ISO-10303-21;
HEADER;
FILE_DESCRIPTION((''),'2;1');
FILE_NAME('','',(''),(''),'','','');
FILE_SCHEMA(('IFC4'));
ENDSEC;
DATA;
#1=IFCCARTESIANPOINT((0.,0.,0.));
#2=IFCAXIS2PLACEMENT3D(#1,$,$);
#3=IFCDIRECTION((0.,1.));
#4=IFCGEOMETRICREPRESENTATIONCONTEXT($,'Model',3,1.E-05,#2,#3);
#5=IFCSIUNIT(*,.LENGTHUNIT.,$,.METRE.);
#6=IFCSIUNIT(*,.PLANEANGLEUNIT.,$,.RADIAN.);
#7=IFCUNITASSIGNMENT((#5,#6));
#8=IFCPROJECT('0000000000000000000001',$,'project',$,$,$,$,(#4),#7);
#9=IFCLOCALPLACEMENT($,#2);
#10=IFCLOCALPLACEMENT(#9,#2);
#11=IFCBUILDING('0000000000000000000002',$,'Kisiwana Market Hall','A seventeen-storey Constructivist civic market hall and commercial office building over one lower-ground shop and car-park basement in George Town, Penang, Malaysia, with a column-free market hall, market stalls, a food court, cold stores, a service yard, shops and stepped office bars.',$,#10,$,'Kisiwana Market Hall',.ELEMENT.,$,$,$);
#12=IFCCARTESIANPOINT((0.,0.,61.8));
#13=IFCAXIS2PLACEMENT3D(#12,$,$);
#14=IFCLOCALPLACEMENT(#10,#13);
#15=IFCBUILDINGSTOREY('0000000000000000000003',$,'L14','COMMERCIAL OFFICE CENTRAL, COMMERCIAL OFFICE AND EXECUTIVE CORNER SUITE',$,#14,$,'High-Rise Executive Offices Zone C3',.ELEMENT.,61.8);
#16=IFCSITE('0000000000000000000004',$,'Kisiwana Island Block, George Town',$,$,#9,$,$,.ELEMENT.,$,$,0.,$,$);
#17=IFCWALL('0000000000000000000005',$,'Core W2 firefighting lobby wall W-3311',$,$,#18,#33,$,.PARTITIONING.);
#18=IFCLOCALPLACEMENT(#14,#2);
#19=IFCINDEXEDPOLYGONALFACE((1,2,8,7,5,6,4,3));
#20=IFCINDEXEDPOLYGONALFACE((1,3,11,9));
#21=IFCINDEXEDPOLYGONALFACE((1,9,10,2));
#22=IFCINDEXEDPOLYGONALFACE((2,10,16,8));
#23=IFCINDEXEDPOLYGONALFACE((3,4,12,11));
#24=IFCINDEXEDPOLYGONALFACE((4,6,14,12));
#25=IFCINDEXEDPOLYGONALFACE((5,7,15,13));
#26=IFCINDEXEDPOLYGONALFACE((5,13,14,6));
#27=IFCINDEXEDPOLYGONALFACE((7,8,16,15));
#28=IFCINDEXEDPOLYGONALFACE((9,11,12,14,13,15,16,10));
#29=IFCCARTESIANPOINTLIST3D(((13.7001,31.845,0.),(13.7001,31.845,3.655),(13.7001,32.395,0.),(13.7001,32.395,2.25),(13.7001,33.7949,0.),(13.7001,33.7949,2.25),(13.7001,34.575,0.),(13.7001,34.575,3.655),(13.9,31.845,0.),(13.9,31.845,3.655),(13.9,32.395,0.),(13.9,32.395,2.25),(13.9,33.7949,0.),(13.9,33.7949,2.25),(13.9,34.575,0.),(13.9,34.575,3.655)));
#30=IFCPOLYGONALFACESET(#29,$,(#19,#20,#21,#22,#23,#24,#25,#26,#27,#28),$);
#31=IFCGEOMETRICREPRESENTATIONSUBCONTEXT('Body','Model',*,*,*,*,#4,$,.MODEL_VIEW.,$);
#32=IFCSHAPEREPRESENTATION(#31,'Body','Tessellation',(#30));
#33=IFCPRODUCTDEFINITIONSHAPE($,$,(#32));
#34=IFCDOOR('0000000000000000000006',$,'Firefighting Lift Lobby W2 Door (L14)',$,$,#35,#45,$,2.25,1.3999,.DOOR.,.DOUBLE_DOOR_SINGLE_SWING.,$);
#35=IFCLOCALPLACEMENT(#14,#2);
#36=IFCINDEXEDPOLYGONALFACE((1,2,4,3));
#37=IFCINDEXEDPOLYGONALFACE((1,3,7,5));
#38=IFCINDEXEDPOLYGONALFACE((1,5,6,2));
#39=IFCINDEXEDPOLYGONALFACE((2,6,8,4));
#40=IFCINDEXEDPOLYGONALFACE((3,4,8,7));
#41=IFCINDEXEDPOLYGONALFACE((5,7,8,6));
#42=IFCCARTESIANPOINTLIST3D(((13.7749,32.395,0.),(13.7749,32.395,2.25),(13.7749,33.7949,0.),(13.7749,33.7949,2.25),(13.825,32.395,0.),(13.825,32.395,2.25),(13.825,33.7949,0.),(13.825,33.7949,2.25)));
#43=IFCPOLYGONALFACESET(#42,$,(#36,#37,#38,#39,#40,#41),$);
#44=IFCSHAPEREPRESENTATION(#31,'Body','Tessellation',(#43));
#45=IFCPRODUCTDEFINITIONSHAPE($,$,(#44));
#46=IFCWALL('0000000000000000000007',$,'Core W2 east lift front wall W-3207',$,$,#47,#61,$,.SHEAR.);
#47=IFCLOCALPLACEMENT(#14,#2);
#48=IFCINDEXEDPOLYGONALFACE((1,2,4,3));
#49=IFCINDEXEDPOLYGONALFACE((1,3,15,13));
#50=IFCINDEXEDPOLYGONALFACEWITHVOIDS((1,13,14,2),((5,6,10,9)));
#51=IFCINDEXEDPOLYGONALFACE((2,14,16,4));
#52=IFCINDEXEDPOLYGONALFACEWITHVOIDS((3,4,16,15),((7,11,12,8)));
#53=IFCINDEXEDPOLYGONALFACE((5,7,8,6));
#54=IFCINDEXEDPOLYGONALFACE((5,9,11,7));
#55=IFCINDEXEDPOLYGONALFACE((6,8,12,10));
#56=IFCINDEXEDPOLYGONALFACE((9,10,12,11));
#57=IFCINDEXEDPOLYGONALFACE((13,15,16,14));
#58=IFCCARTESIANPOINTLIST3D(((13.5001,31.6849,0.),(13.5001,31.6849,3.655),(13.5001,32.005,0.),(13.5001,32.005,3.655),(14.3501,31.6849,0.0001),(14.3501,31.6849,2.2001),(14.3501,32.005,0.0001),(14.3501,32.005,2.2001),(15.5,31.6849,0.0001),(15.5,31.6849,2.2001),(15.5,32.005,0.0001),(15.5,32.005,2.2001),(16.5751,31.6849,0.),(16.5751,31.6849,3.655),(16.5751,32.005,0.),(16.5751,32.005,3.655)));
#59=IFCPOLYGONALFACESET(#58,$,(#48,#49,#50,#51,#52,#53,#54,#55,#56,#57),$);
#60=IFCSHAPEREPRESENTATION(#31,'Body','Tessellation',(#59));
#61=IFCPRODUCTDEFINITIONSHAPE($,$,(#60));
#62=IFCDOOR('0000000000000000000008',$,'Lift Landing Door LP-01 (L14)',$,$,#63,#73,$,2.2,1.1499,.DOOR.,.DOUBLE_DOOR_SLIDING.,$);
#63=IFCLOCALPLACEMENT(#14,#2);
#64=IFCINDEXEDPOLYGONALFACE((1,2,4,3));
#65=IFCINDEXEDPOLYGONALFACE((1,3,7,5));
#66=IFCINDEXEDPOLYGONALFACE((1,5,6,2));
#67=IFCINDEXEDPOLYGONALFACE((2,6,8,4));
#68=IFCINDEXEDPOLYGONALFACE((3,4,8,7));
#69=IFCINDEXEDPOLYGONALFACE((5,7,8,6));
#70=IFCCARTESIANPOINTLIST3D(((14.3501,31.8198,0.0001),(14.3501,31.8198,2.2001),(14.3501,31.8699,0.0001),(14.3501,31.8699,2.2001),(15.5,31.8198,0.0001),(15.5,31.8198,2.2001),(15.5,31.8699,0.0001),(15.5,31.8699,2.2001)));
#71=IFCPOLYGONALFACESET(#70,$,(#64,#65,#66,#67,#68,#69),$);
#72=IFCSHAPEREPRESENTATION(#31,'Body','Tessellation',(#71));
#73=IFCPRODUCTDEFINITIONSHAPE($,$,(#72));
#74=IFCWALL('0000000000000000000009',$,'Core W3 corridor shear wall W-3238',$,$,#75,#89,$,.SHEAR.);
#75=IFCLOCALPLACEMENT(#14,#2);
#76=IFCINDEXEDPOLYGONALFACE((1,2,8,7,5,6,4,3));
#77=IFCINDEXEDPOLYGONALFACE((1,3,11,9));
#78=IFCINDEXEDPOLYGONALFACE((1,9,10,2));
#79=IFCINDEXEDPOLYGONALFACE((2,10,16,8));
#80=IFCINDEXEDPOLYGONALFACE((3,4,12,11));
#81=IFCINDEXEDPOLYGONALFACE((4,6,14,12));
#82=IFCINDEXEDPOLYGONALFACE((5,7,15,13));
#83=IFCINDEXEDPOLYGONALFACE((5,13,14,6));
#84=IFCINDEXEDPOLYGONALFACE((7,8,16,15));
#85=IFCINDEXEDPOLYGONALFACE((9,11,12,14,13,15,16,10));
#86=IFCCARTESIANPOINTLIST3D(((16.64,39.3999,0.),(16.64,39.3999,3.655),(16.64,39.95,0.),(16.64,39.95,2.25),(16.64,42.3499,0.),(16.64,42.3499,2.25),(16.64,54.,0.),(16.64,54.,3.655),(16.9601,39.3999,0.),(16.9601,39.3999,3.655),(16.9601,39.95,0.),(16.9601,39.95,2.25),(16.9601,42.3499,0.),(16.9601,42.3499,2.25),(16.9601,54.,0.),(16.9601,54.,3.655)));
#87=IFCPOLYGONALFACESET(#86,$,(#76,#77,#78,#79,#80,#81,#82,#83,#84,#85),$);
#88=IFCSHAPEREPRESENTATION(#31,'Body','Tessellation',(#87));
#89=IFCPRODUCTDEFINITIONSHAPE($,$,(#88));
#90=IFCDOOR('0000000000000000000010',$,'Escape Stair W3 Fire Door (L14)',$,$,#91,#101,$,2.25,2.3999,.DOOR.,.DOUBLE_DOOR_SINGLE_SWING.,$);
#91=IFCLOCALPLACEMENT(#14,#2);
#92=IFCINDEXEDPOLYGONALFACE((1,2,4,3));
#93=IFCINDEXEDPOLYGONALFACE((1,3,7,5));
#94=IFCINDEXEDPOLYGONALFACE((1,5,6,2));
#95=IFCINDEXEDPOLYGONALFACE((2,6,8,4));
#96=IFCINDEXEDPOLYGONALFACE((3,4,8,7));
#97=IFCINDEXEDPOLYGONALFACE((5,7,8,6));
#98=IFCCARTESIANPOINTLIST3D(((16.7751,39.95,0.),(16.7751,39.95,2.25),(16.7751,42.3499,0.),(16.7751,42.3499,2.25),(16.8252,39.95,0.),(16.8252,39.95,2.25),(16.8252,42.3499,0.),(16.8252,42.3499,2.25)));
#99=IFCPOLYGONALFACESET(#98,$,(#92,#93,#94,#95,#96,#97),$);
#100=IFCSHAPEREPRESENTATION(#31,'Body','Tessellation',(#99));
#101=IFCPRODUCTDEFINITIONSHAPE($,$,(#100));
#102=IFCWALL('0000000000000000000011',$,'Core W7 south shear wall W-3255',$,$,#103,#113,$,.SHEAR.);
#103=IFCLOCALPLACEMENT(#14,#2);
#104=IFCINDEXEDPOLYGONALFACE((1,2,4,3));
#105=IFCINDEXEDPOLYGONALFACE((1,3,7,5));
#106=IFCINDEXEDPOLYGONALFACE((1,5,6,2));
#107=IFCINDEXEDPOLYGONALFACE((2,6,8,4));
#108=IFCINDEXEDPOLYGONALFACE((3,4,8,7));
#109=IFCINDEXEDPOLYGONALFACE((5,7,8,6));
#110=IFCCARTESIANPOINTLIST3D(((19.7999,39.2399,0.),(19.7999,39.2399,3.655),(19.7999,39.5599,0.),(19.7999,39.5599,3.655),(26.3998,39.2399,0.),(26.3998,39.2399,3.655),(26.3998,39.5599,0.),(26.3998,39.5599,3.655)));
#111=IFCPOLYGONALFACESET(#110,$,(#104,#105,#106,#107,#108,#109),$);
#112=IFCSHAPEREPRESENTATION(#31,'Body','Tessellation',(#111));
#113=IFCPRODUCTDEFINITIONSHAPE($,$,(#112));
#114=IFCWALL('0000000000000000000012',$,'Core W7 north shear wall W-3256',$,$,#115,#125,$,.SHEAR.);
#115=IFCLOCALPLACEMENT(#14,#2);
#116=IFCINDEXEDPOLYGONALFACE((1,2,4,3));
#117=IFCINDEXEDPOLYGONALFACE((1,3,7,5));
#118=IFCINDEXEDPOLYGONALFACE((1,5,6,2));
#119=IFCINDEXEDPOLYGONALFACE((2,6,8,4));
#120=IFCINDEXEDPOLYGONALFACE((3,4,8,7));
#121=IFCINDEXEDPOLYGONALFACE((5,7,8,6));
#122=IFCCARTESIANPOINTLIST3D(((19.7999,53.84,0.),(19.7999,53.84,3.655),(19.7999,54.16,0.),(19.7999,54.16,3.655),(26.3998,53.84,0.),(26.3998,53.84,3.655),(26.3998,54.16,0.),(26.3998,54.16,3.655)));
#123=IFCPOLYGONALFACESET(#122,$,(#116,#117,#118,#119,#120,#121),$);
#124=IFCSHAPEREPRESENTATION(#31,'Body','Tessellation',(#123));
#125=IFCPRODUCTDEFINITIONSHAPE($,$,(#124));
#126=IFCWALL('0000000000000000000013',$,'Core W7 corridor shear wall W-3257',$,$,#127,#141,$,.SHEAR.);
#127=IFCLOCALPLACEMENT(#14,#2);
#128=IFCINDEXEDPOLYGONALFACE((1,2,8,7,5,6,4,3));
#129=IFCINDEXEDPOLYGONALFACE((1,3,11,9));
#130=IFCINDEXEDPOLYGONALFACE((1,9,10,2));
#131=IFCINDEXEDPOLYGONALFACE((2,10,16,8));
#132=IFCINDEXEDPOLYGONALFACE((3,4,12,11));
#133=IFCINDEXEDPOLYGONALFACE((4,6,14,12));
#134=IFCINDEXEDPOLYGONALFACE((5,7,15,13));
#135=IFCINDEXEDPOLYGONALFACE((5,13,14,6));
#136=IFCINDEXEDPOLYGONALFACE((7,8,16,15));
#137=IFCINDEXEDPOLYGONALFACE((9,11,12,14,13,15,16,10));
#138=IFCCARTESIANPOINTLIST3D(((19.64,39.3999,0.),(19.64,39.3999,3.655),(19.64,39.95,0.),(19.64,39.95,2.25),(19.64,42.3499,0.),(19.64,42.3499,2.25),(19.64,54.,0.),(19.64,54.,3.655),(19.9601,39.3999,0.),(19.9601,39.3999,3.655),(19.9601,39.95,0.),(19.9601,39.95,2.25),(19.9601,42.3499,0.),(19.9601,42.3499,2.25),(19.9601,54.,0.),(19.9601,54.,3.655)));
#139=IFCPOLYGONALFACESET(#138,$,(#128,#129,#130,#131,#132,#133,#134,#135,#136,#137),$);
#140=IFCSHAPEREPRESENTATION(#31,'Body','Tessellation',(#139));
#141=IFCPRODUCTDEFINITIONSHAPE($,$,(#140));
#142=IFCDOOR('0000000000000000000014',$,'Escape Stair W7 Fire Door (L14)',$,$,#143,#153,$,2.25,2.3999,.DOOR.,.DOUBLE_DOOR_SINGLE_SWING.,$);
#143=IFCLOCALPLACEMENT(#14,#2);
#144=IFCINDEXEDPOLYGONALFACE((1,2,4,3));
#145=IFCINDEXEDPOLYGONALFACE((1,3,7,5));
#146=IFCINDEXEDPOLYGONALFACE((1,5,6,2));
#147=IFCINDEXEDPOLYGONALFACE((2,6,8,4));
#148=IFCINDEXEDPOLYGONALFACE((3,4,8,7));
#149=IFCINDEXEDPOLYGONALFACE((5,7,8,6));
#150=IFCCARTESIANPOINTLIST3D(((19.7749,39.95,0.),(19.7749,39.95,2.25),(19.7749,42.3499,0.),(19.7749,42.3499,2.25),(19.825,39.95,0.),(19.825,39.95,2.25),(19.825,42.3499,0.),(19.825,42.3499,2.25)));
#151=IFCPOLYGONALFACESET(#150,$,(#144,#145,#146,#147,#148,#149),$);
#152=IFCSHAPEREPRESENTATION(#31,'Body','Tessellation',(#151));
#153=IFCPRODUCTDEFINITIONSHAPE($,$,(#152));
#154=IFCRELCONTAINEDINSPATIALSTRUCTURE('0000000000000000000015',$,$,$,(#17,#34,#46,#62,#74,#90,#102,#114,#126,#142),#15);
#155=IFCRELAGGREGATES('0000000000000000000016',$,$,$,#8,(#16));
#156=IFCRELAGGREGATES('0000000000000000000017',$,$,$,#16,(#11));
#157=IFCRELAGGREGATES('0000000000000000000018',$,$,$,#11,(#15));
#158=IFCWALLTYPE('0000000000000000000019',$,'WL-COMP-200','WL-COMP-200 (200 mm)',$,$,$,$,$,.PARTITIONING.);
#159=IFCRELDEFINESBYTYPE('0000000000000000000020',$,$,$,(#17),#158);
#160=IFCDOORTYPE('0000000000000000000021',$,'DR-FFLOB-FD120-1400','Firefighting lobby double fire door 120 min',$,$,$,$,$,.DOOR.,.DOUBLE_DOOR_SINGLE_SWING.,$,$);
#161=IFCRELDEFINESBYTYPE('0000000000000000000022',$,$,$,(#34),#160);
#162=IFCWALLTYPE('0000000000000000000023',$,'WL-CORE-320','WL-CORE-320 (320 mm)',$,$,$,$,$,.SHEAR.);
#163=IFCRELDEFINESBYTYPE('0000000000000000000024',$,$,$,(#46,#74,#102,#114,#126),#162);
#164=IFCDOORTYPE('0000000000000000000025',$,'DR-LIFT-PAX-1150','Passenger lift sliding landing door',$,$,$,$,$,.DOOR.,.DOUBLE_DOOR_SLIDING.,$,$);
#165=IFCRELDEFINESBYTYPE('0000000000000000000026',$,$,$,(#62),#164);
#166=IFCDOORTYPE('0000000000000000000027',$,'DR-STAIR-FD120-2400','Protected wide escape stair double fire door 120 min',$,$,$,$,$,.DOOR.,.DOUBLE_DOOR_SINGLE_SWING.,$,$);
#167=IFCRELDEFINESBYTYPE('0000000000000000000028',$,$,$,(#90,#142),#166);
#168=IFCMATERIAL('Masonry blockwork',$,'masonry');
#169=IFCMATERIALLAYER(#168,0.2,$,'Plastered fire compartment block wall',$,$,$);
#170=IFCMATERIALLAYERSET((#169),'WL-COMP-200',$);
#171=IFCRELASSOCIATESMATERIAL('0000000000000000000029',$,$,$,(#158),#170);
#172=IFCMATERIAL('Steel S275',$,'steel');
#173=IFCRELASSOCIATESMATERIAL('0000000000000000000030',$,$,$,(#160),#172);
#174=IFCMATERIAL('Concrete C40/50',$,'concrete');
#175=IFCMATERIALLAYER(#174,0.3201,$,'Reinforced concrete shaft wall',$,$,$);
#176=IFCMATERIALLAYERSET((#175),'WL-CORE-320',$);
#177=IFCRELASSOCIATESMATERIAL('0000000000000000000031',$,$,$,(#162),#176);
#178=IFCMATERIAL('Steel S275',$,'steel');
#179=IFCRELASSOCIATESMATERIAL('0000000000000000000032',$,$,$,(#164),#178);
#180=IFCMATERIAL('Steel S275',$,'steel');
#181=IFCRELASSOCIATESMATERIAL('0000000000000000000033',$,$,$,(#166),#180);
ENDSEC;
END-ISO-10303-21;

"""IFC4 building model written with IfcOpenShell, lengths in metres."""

from ifc_helpers import new_model, si_unit, direction, frame, frame_2d, origin, place, context, subcontext, project, spatial, rectangle, extrude, material, layer, layer_set, type_object, element, fill, save


model = new_model("IFC4")

# Units and contexts
model_context = context("Model", 3, precision=1e-05, world=origin(), true_north=direction((0.0, 1.0)))
body_context = subcontext(model_context, "Body", "Model", "MODEL_VIEW")
ifc_project = project(units=[si_unit("LENGTHUNIT", "METRE"), si_unit("PLANEANGLEUNIT", "RADIAN")], contexts=[model_context])

# Site, building, storey
site_placement = place(None, origin())
site = spatial("IfcSite", under=ifc_project, at=site_placement, Name="Kisiwana Island Block, George Town", CompositionType="ELEMENT", RefElevation=0.0)
building_placement = place(site_placement, origin())
building = spatial("IfcBuilding", under=site, at=building_placement, Name="Kisiwana Market Hall", Description="A seventeen-storey Constructivist civic market hall and commercial office building over one lower-ground shop and car-park basement in George Town, Penang, Malaysia, with a column-free market hall, market stalls, a food court, cold stores, a service yard, shops and stepped office bars.", LongName="Kisiwana Market Hall", CompositionType="ELEMENT")
storey_placement = place(building_placement, frame((0.0, 0.0, 61.8)))
storey = spatial("IfcBuildingStorey", under=building, at=storey_placement, Name="L14", Description="COMMERCIAL OFFICE CENTRAL, COMMERCIAL OFFICE AND EXECUTIVE CORNER SUITE", LongName="High-Rise Executive Offices Zone C3", CompositionType="ELEMENT", Elevation=61.8)

# Walls, openings, doors
ifc_material_1 = material(Name="Masonry blockwork", Category="masonry")
ifc_layer_1 = layer(ifc_material_1, 0.2, Name="Plastered fire compartment block wall")
ifc_layer_set_1 = layer_set([ifc_layer_1], Name="WL-COMP-200")
wall_type_1 = type_object("IfcWallType", Name="WL-COMP-200", Description="WL-COMP-200 (200 mm)", PredefinedType="PARTITIONING", material=ifc_layer_set_1)
wall_1_placement = place(storey_placement, frame((13.8, 31.845, 0.0), z_axis=(0.0, 0.0, 1.0), x_axis=(0.0, 1.0, 0.0)))
wall_1 = element("IfcWall", 1, at=wall_1_placement, inside=storey, type_object=wall_type_1, Name="Core W2 firefighting lobby wall W-3311", PredefinedType="PARTITIONING", context=body_context, shape_type="SweptSolid", body=[
    extrude(rectangle(XDim=2.73, YDim=0.2, at=frame_2d((1.365, 0.0))), origin(), (0.0, 0.0, 1.0), 3.655),
])
opening_1_placement = place(wall_1_placement, frame((0.55, 0.0, 0.0)))
opening_1 = element("IfcOpeningElement", 2, at=opening_1_placement, cuts=wall_1, PredefinedType="OPENING", context=body_context, shape_type="SweptSolid", body=[
    extrude(rectangle(XDim=1.3999, YDim=2.25, at=frame_2d((0.7, 1.125))), frame((0.0, 0.1118, 0.0), z_axis=(0.0, -1.0, 0.0), x_axis=(1.0, 0.0, 0.0)), (0.0, 0.0, 1.0), 0.2239),
])
ifc_material_2 = material(Name="Steel S275", Category="steel")
door_type_1 = type_object("IfcDoorType", Name="DR-FFLOB-FD120-1400", Description="Firefighting lobby double fire door 120 min", OperationType="DOUBLE_DOOR_SINGLE_SWING", PredefinedType="DOOR", material=ifc_material_2)
door_1_placement = place(opening_1_placement, frame((1.3999, 0.0, 0.0), z_axis=(0.0, 0.0, 1.0), x_axis=(-1.0, 0.0, 0.0)))
door_1 = element("IfcDoor", 3, at=door_1_placement, inside=storey, type_object=door_type_1, Name="Firefighting Lift Lobby W2 Door (L14)", OperationType="DOUBLE_DOOR_SINGLE_SWING", OverallHeight=2.25, OverallWidth=1.3999, PredefinedType="DOOR", context=body_context, shape_type="SweptSolid", body=[
    extrude(rectangle(XDim=1.3999, YDim=2.25, at=frame_2d((0.7, 1.125))), frame((0.0, 0.0249, 0.0), z_axis=(0.0, -1.0, 0.0), x_axis=(1.0, 0.0, 0.0)), (0.0, 0.0, 1.0), 0.05),
])
fill(opening_1, door_1)
ifc_material_3 = material(Name="Concrete C40/50", Category="concrete")
ifc_layer_2 = layer(ifc_material_3, 0.3201, Name="Reinforced concrete shaft wall")
ifc_layer_set_2 = layer_set([ifc_layer_2], Name="WL-CORE-320")
wall_type_2 = type_object("IfcWallType", Name="WL-CORE-320", Description="WL-CORE-320 (320 mm)", PredefinedType="SHEAR", material=ifc_layer_set_2)
wall_2_placement = place(storey_placement, frame((13.5, 31.845, 0.0), z_axis=(0.0, 0.0, 1.0), x_axis=(1.0, 0.0, 0.0)))
wall_2 = element("IfcWall", 4, at=wall_2_placement, inside=storey, type_object=wall_type_2, Name="Core W2 east lift front wall W-3207", PredefinedType="SHEAR", context=body_context, shape_type="SweptSolid", body=[
    extrude(rectangle(XDim=3.075, YDim=0.3201, at=frame_2d((1.5376, 0.0))), origin(), (0.0, 0.0, 1.0), 3.655),
])
opening_2_placement = place(wall_2_placement, frame((0.8501, 0.0, 0.0)))
opening_2 = element("IfcOpeningElement", 5, at=opening_2_placement, cuts=wall_2, PredefinedType="OPENING", context=body_context, shape_type="SweptSolid", body=[
    extrude(rectangle(XDim=1.1499, YDim=2.2, at=frame_2d((0.575, 1.1001))), frame((0.0, 0.1719, 0.0), z_axis=(0.0, -1.0, 0.0), x_axis=(1.0, 0.0, 0.0)), (0.0, 0.0, 1.0), 0.344),
])
ifc_material_4 = material(Name="Steel S275", Category="steel")
door_type_2 = type_object("IfcDoorType", Name="DR-LIFT-PAX-1150", Description="Passenger lift sliding landing door", OperationType="DOUBLE_DOOR_SLIDING", PredefinedType="DOOR", material=ifc_material_4)
door_2_placement = place(opening_2_placement, origin())
door_2 = element("IfcDoor", 6, at=door_2_placement, inside=storey, type_object=door_type_2, Name="Lift Landing Door LP-01 (L14)", OperationType="DOUBLE_DOOR_SLIDING", OverallHeight=2.2, OverallWidth=1.1499, PredefinedType="DOOR", context=body_context, shape_type="SweptSolid", body=[
    extrude(rectangle(XDim=1.1499, YDim=2.2, at=frame_2d((0.575, 1.1001))), frame((0.0, 0.0249, 0.0), z_axis=(0.0, -1.0, 0.0), x_axis=(1.0, 0.0, 0.0)), (0.0, 0.0, 1.0), 0.05),
])
fill(opening_2, door_2)
wall_3_placement = place(storey_placement, frame((16.8, 39.3999, 0.0), z_axis=(0.0, 0.0, 1.0), x_axis=(0.0, 1.0, 0.0)))
wall_3 = element("IfcWall", 7, at=wall_3_placement, inside=storey, type_object=wall_type_2, Name="Core W3 corridor shear wall W-3238", PredefinedType="SHEAR", context=body_context, shape_type="SweptSolid", body=[
    extrude(rectangle(XDim=14.6001, YDim=0.3201, at=frame_2d((7.3, 0.0))), origin(), (0.0, 0.0, 1.0), 3.655),
])
opening_3_placement = place(wall_3_placement, frame((0.55, 0.0, 0.0)))
opening_3 = element("IfcOpeningElement", 8, at=opening_3_placement, cuts=wall_3, PredefinedType="OPENING", context=body_context, shape_type="SweptSolid", body=[
    extrude(rectangle(XDim=2.3999, YDim=2.25, at=frame_2d((1.2, 1.125))), frame((0.0, 0.1719, 0.0), z_axis=(0.0, -1.0, 0.0), x_axis=(1.0, 0.0, 0.0)), (0.0, 0.0, 1.0), 0.344),
])
ifc_material_5 = material(Name="Steel S275", Category="steel")
door_type_3 = type_object("IfcDoorType", Name="DR-STAIR-FD120-2400", Description="Protected wide escape stair double fire door 120 min", OperationType="DOUBLE_DOOR_SINGLE_SWING", PredefinedType="DOOR", material=ifc_material_5)
door_3_placement = place(opening_3_placement, origin())
door_3 = element("IfcDoor", 9, at=door_3_placement, inside=storey, type_object=door_type_3, Name="Escape Stair W3 Fire Door (L14)", OperationType="DOUBLE_DOOR_SINGLE_SWING", OverallHeight=2.25, OverallWidth=2.3999, PredefinedType="DOOR", context=body_context, shape_type="SweptSolid", body=[
    extrude(rectangle(XDim=2.3999, YDim=2.25, at=frame_2d((1.2, 1.125))), frame((0.0, 0.0249, 0.0), z_axis=(0.0, -1.0, 0.0), x_axis=(1.0, 0.0, 0.0)), (0.0, 0.0, 1.0), 0.05),
])
fill(opening_3, door_3)

# Walls
for number, where, z_axis, x_axis, name in (
    (10, (19.8, 39.3999, 0.0), (0.0, 0.0, 1.0), (1.0, 0.0, 0.0), "Core W7 south shear wall W-3255"),
    (11, (19.8, 54.0, 0.0), (0.0, 0.0, 1.0), (1.0, 0.0, 0.0), "Core W7 north shear wall W-3256"),
):
    element("IfcWall", number, at=place(storey_placement, frame(where, z_axis=z_axis, x_axis=x_axis)), inside=storey, type_object=wall_type_2, Name=name, PredefinedType="SHEAR", context=body_context, shape_type="SweptSolid", body=[
        extrude(rectangle(XDim=6.5999, YDim=0.3201, at=frame_2d((3.2998, 0.0))), origin(), (0.0, 0.0, 1.0), 3.655),
    ])

# Wall, opening, door
wall_4_placement = place(storey_placement, frame((19.8, 39.3999, 0.0), z_axis=(0.0, 0.0, 1.0), x_axis=(0.0, 1.0, 0.0)))
wall_4 = element("IfcWall", 12, at=wall_4_placement, inside=storey, type_object=wall_type_2, Name="Core W7 corridor shear wall W-3257", PredefinedType="SHEAR", context=body_context, shape_type="SweptSolid", body=[
    extrude(rectangle(XDim=14.6001, YDim=0.3201, at=frame_2d((7.3, 0.0))), origin(), (0.0, 0.0, 1.0), 3.655),
])
opening_4_placement = place(wall_4_placement, frame((0.55, 0.0, 0.0)))
opening_4 = element("IfcOpeningElement", 13, at=opening_4_placement, cuts=wall_4, PredefinedType="OPENING", context=body_context, shape_type="SweptSolid", body=[
    extrude(rectangle(XDim=2.3999, YDim=2.25, at=frame_2d((1.2, 1.125))), frame((0.0, 0.1719, 0.0), z_axis=(0.0, -1.0, 0.0), x_axis=(1.0, 0.0, 0.0)), (0.0, 0.0, 1.0), 0.344),
])
door_4_placement = place(opening_4_placement, frame((2.3999, 0.0, 0.0), z_axis=(0.0, 0.0, 1.0), x_axis=(-1.0, 0.0, 0.0)))
door_4 = element("IfcDoor", 14, at=door_4_placement, inside=storey, type_object=door_type_3, Name="Escape Stair W7 Fire Door (L14)", OperationType="DOUBLE_DOOR_SINGLE_SWING", OverallHeight=2.25, OverallWidth=2.3999, PredefinedType="DOOR", context=body_context, shape_type="SweptSolid", body=[
    extrude(rectangle(XDim=2.3999, YDim=2.25, at=frame_2d((1.2, 1.125))), frame((0.0, 0.0249, 0.0), z_axis=(0.0, -1.0, 0.0), x_axis=(1.0, 0.0, 0.0)), (0.0, 0.0, 1.0), 0.05),
])
fill(opening_4, door_4)

save(model, "model.ifc")
